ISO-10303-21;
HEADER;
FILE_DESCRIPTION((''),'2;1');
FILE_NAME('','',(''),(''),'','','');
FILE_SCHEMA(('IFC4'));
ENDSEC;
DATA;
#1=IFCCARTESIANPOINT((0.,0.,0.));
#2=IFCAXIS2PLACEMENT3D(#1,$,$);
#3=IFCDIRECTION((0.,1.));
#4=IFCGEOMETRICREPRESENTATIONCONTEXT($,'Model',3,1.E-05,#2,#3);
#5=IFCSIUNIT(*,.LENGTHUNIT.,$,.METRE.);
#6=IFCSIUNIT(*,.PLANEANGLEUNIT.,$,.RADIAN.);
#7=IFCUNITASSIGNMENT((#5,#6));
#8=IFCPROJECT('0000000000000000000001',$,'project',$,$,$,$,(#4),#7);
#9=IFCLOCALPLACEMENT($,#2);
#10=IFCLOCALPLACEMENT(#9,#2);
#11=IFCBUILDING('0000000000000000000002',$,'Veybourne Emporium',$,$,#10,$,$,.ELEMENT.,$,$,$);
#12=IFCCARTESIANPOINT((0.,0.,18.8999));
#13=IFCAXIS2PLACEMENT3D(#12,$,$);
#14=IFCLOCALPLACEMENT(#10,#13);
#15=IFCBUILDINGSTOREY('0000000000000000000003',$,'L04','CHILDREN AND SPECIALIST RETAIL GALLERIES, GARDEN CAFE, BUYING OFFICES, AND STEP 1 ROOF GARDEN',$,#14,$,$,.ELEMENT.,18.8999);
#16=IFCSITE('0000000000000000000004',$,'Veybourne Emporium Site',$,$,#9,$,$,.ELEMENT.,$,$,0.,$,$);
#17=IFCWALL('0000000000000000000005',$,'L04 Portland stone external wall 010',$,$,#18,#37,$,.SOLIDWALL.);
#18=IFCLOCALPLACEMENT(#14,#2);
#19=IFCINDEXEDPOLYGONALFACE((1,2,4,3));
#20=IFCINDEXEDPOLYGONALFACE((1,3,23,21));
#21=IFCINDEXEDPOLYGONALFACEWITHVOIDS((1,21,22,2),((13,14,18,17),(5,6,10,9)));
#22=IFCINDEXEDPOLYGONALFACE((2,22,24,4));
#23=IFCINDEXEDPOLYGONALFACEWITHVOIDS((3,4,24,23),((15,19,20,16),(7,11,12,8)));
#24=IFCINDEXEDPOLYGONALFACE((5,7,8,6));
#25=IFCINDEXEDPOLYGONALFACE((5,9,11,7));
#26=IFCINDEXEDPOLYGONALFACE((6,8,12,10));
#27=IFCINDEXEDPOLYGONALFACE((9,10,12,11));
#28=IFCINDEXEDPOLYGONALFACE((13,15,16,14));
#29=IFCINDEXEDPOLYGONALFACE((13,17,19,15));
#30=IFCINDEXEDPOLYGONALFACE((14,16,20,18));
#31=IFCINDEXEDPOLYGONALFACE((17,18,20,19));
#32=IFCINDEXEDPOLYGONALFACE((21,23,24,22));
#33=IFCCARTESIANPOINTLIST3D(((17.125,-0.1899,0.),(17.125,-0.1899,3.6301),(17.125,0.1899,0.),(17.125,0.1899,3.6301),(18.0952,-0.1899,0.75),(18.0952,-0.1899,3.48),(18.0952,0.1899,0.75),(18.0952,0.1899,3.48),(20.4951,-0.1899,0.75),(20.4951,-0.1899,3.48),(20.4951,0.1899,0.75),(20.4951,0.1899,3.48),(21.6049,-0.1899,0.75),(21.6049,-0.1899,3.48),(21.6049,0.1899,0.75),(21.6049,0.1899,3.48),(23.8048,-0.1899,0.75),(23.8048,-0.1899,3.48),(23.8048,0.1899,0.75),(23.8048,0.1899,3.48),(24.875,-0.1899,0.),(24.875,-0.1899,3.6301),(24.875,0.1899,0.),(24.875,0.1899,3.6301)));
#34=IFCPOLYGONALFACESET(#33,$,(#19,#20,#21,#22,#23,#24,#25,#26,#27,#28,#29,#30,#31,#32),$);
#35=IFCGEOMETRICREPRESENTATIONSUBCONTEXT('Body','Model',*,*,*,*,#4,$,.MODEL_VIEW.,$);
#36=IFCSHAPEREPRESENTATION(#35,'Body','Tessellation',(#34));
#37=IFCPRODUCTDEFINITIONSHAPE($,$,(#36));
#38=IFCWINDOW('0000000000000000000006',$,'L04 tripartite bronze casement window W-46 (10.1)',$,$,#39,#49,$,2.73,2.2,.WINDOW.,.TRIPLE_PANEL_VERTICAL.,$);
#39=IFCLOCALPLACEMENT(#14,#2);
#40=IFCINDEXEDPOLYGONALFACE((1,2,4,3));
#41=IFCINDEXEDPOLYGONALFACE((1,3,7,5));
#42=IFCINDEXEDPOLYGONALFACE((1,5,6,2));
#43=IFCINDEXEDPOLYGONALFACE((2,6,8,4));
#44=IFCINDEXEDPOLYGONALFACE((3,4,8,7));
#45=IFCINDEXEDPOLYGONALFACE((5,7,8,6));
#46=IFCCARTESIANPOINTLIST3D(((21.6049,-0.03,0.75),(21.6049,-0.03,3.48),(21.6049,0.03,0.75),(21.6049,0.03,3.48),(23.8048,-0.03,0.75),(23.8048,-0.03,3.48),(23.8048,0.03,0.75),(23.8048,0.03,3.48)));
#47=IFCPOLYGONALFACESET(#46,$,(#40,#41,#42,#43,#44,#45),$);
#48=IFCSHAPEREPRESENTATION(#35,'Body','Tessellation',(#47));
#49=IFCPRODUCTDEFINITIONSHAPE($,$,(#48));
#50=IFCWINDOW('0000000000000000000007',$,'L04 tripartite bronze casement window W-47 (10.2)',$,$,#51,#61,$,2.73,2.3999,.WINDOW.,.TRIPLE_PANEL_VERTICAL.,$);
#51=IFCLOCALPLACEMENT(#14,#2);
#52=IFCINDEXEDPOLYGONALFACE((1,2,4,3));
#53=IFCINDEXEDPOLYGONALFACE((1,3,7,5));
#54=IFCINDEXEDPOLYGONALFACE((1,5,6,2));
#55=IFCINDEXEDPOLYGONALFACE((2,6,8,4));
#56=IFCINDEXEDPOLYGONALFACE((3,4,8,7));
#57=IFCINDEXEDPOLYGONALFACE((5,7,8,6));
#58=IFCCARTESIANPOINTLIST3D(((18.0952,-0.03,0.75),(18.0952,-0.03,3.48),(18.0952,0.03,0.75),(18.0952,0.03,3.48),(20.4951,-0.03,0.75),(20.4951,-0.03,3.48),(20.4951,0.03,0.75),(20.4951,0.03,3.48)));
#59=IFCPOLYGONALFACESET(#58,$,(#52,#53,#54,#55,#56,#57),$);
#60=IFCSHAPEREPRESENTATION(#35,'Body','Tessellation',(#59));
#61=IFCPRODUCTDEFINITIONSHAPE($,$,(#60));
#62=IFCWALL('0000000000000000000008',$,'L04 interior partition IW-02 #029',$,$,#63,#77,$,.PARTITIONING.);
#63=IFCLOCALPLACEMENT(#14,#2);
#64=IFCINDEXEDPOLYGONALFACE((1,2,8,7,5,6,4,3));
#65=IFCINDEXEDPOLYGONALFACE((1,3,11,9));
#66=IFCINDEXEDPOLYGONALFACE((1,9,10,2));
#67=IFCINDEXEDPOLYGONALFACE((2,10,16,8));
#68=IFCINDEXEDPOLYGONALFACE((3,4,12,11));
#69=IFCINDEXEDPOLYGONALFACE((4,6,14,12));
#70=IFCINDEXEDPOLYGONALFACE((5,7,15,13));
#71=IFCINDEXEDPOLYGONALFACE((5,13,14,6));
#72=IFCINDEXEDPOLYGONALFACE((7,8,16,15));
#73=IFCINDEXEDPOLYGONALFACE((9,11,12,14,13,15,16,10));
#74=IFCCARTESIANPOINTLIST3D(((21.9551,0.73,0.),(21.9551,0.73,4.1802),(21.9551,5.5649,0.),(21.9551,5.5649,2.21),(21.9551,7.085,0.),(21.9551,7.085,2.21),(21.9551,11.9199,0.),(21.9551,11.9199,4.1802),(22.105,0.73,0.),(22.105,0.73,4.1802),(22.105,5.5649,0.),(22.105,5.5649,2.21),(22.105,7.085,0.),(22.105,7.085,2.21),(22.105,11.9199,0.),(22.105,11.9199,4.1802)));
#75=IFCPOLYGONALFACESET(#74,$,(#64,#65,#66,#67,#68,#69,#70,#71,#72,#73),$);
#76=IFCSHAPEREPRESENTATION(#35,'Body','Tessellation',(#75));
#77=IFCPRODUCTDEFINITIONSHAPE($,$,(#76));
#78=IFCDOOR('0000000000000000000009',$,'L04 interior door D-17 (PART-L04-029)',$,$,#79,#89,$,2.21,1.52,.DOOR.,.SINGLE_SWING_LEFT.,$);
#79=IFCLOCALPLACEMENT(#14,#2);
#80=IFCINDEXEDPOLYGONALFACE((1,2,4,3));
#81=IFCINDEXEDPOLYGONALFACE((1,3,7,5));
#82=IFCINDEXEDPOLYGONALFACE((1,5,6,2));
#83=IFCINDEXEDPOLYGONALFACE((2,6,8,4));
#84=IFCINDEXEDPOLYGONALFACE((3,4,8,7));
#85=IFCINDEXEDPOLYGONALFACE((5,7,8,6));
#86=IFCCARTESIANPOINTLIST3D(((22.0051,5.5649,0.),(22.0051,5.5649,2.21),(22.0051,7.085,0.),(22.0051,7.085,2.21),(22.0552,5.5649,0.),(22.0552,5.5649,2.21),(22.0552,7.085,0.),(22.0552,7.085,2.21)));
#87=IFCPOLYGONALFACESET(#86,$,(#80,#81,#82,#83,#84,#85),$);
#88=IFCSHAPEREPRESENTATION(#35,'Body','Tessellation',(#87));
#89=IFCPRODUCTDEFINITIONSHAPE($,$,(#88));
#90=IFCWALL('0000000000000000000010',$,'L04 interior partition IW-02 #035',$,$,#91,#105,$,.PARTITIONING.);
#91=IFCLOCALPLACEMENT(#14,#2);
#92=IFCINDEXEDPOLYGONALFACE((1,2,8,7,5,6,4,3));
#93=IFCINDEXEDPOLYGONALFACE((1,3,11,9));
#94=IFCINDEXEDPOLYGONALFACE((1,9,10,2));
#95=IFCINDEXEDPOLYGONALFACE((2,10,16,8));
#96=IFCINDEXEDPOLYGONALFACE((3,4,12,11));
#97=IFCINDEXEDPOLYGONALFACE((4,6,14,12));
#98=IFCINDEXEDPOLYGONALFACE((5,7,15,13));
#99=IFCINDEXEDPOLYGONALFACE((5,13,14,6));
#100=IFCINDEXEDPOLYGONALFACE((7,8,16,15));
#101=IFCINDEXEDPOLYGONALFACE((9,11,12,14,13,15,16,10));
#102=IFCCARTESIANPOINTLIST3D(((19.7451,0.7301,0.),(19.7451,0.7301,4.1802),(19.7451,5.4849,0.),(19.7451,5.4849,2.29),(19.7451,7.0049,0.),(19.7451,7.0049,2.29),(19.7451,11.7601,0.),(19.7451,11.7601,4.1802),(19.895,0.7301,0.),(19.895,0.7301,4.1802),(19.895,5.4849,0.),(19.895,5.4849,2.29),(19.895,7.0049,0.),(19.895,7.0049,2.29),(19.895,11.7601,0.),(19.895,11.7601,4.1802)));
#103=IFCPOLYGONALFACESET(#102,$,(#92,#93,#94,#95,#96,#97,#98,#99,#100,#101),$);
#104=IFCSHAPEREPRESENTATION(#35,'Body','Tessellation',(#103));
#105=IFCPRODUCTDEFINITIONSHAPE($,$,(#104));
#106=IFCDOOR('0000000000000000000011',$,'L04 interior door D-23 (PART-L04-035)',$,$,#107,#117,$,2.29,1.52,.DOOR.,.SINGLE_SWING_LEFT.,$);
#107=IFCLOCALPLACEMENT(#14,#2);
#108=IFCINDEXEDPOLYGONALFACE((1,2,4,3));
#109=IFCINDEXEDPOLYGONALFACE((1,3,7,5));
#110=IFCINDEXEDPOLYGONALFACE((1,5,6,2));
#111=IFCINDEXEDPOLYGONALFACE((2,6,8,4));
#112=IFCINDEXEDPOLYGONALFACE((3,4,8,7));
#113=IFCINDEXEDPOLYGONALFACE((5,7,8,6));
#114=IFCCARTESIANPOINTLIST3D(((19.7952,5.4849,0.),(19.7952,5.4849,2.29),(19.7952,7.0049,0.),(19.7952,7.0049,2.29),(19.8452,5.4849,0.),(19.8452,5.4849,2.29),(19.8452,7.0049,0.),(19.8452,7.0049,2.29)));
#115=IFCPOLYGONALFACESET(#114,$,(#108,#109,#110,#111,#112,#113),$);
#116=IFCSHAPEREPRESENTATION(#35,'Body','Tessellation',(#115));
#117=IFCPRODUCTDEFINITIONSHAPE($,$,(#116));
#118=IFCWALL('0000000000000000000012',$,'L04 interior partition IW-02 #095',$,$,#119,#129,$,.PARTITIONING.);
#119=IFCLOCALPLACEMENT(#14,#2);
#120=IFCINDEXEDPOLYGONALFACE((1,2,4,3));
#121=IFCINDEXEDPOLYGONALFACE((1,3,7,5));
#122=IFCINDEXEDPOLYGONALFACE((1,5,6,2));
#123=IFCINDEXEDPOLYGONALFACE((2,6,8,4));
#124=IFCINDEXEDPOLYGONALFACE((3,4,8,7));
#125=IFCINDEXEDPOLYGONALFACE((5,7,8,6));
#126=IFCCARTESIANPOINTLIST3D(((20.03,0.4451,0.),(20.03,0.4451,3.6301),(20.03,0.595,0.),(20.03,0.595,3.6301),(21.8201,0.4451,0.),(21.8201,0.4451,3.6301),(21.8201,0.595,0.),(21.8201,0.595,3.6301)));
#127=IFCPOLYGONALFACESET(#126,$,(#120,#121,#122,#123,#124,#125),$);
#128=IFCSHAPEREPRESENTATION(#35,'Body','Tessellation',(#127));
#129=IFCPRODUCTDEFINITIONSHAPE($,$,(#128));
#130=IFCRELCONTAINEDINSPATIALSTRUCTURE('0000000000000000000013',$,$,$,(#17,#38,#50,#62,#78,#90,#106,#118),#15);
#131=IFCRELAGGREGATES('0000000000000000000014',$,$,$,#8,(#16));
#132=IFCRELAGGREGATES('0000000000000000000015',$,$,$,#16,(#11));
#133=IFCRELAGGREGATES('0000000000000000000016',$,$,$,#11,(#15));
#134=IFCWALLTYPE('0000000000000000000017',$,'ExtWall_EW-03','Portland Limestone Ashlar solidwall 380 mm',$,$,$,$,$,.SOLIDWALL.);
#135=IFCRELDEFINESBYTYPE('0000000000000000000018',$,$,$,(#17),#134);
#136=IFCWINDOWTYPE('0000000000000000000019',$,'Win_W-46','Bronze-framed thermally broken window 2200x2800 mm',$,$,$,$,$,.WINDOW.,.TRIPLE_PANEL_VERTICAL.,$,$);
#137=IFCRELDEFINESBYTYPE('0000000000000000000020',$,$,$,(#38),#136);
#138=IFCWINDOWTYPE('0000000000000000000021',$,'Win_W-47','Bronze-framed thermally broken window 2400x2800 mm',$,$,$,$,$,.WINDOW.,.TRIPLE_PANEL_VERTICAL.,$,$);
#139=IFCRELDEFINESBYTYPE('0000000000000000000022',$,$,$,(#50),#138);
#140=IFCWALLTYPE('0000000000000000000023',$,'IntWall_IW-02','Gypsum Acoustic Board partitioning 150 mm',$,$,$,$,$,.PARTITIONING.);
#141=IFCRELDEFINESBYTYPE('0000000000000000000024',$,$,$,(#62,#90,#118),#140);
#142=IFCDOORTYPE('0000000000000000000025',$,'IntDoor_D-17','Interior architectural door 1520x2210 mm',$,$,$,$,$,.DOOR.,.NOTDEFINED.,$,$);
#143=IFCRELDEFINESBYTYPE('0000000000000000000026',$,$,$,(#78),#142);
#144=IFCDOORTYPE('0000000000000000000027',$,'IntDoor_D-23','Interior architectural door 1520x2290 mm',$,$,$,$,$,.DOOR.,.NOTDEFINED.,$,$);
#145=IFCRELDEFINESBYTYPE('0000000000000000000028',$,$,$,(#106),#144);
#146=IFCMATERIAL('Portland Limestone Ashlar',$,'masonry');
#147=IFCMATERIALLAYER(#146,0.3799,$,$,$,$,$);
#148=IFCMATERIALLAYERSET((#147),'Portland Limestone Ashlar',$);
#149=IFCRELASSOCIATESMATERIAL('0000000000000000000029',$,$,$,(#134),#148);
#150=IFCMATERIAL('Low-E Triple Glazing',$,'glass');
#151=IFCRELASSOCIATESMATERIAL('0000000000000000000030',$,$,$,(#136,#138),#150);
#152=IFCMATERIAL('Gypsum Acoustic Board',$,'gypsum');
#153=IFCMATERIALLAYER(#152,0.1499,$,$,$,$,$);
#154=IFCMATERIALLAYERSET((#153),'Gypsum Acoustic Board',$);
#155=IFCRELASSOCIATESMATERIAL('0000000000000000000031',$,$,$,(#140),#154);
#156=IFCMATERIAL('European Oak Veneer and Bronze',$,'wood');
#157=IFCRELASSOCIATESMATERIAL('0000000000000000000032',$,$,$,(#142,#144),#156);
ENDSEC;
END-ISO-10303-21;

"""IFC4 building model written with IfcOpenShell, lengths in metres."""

from ifc_helpers import new_model, si_unit, direction, frame, frame_2d, origin, place, context, subcontext, project, spatial, rectangle, extrude, material, layer, layer_set, type_object, element, fill, save


model = new_model("IFC4")

# Units and contexts
model_context = context("Model", 3, precision=1e-05, world=origin(), true_north=direction((0.0, 1.0)))
body_context = subcontext(model_context, "Body", "Model", "MODEL_VIEW")
ifc_project = project(units=[si_unit("LENGTHUNIT", "METRE"), si_unit("PLANEANGLEUNIT", "RADIAN")], contexts=[model_context])

# Site, building, storey
site_placement = place(None, origin())
site = spatial("IfcSite", under=ifc_project, at=site_placement, Name="Veybourne Emporium Site", CompositionType="ELEMENT", RefElevation=0.0)
building_placement = place(site_placement, origin())
building = spatial("IfcBuilding", under=site, at=building_placement, Name="Veybourne Emporium", CompositionType="ELEMENT")
storey_placement = place(building_placement, frame((0.0, 0.0, 18.8999)))
storey = spatial("IfcBuildingStorey", under=building, at=storey_placement, Name="L04", Description="CHILDREN AND SPECIALIST RETAIL GALLERIES, GARDEN CAFE, BUYING OFFICES, AND STEP 1 ROOF GARDEN", CompositionType="ELEMENT", Elevation=18.8999)

# Shared definitions
ifc_material_1 = material(Name="Low-E Triple Glazing", Category="glass")

# Wall, openings, windows
ifc_material_2 = material(Name="Portland Limestone Ashlar", Category="masonry")
ifc_layer_1 = layer(ifc_material_2, 0.3799)
ifc_layer_set_1 = layer_set([ifc_layer_1], Name="Portland Limestone Ashlar")
wall_type_1 = type_object("IfcWallType", Name="ExtWall_EW-03", Description="Portland Limestone Ashlar solidwall 380 mm", PredefinedType="SOLIDWALL", material=ifc_layer_set_1)
wall_1_placement = place(storey_placement, frame((24.875, 0.0, 0.0), z_axis=(0.0, 0.0, 1.0), x_axis=(-1.0, 0.0, 0.0)))
wall_1 = element("IfcWall", 1, at=wall_1_placement, inside=storey, type_object=wall_type_1, Name="L04 Portland stone external wall 010", PredefinedType="SOLIDWALL", context=body_context, shape_type="SweptSolid", body=[
    extrude(rectangle(XDim=7.75, YDim=0.3799, at=frame_2d((3.875, 0.0))), origin(), (0.0, 0.0, 1.0), 3.6301),
])
opening_1_placement = place(wall_1_placement, frame((1.0701, 0.0, 0.75)))
opening_1 = element("IfcOpeningElement", 2, at=opening_1_placement, cuts=wall_1, PredefinedType="OPENING", context=body_context, shape_type="SweptSolid", body=[
    extrude(rectangle(XDim=2.2, YDim=2.73, at=frame_2d((1.1001, 1.365))), frame((0.0, 0.21, 0.0), z_axis=(0.0, -1.0, 0.0), x_axis=(1.0, 0.0, 0.0)), (0.0, 0.0, 1.0), 0.4199),
])
opening_2_placement = place(wall_1_placement, frame((4.3799, 0.0, 0.75)))
opening_2 = element("IfcOpeningElement", 3, at=opening_2_placement, cuts=wall_1, PredefinedType="OPENING", context=body_context, shape_type="SweptSolid", body=[
    extrude(rectangle(XDim=2.3999, YDim=2.73, at=frame_2d((1.2, 1.365))), frame((0.0, 0.21, 0.0), z_axis=(0.0, -1.0, 0.0), x_axis=(1.0, 0.0, 0.0)), (0.0, 0.0, 1.0), 0.4199),
])
window_type_1 = type_object("IfcWindowType", Name="Win_W-46", Description="Bronze-framed thermally broken window 2200x2800 mm", PartitioningType="TRIPLE_PANEL_VERTICAL", PredefinedType="WINDOW", material=ifc_material_1)
window_1_placement = place(opening_1_placement, origin())
window_1 = element("IfcWindow", 4, at=window_1_placement, inside=storey, type_object=window_type_1, Name="L04 tripartite bronze casement window W-46 (10.1)", OverallHeight=2.73, OverallWidth=2.2, PartitioningType="TRIPLE_PANEL_VERTICAL", PredefinedType="WINDOW", context=body_context, shape_type="SweptSolid", body=[
    extrude(rectangle(XDim=2.2, YDim=2.73, at=frame_2d((1.1001, 1.365))), frame((0.0, 0.03, 0.0), z_axis=(0.0, -1.0, 0.0), x_axis=(1.0, 0.0, 0.0)), (0.0, 0.0, 1.0), 0.0601),
])
fill(opening_1, window_1)
window_type_2 = type_object("IfcWindowType", Name="Win_W-47", Description="Bronze-framed thermally broken window 2400x2800 mm", PartitioningType="TRIPLE_PANEL_VERTICAL", PredefinedType="WINDOW", material=ifc_material_1)
window_2_placement = place(opening_2_placement, origin())
window_2 = element("IfcWindow", 5, at=window_2_placement, inside=storey, type_object=window_type_2, Name="L04 tripartite bronze casement window W-47 (10.2)", OverallHeight=2.73, OverallWidth=2.3999, PartitioningType="TRIPLE_PANEL_VERTICAL", PredefinedType="WINDOW", context=body_context, shape_type="SweptSolid", body=[
    extrude(rectangle(XDim=2.3999, YDim=2.73, at=frame_2d((1.2, 1.365))), frame((0.0, 0.03, 0.0), z_axis=(0.0, -1.0, 0.0), x_axis=(1.0, 0.0, 0.0)), (0.0, 0.0, 1.0), 0.0601),
])
fill(opening_2, window_2)

# Walls, openings, doors
ifc_material_3 = material(Name="Gypsum Acoustic Board", Category="gypsum")
ifc_layer_2 = layer(ifc_material_3, 0.1499)
ifc_layer_set_2 = layer_set([ifc_layer_2], Name="Gypsum Acoustic Board")
wall_type_2 = type_object("IfcWallType", Name="IntWall_IW-02", Description="Gypsum Acoustic Board partitioning 150 mm", PredefinedType="PARTITIONING", material=ifc_layer_set_2)
wall_2_placement = place(storey_placement, frame((22.03, 0.73, 0.0), z_axis=(0.0, 0.0, 1.0), x_axis=(0.0, 1.0, 0.0)))
wall_2 = element("IfcWall", 6, at=wall_2_placement, inside=storey, type_object=wall_type_2, Name="L04 interior partition IW-02 #029", PredefinedType="PARTITIONING", context=body_context, shape_type="SweptSolid", body=[
    extrude(rectangle(XDim=11.1899, YDim=0.1499, at=frame_2d((5.595, 0.0))), origin(), (0.0, 0.0, 1.0), 4.1802),
])
opening_3_placement = place(wall_2_placement, frame((4.835, 0.0, 0.0)))
opening_3 = element("IfcOpeningElement", 7, at=opening_3_placement, cuts=wall_2, PredefinedType="OPENING", context=body_context, shape_type="SweptSolid", body=[
    extrude(rectangle(XDim=1.52, YDim=2.21, at=frame_2d((0.76, 1.105))), frame((0.0, 0.095, 0.0), z_axis=(0.0, -1.0, 0.0), x_axis=(1.0, 0.0, 0.0)), (0.0, 0.0, 1.0), 0.1899),
])
ifc_material_4 = material(Name="European Oak Veneer and Bronze", Category="wood")
door_type_1 = type_object("IfcDoorType", Name="IntDoor_D-17", Description="Interior architectural door 1520x2210 mm", OperationType="NOTDEFINED", PredefinedType="DOOR", material=ifc_material_4)
door_1_placement = place(opening_3_placement, origin())
door_1 = element("IfcDoor", 8, at=door_1_placement, inside=storey, type_object=door_type_1, Name="L04 interior door D-17 (PART-L04-029)", OperationType="SINGLE_SWING_LEFT", OverallHeight=2.21, OverallWidth=1.52, PredefinedType="DOOR", context=body_context, shape_type="SweptSolid", body=[
    extrude(rectangle(XDim=1.52, YDim=2.21, at=frame_2d((0.76, 1.105))), frame((0.0, 0.0249, 0.0), z_axis=(0.0, -1.0, 0.0), x_axis=(1.0, 0.0, 0.0)), (0.0, 0.0, 1.0), 0.05),
])
fill(opening_3, door_1)
wall_3_placement = place(storey_placement, frame((19.8201, 0.73, 0.0), z_axis=(0.0, 0.0, 1.0), x_axis=(0.0, 1.0, 0.0)))
wall_3 = element("IfcWall", 9, at=wall_3_placement, inside=storey, type_object=wall_type_2, Name="L04 interior partition IW-02 #035", PredefinedType="PARTITIONING", context=body_context, shape_type="SweptSolid", body=[
    extrude(rectangle(XDim=11.03, YDim=0.1499, at=frame_2d((5.5151, 0.0))), origin(), (0.0, 0.0, 1.0), 4.1802),
])
opening_4_placement = place(wall_3_placement, frame((4.7549, 0.0, 0.0)))
opening_4 = element("IfcOpeningElement", 10, at=opening_4_placement, cuts=wall_3, PredefinedType="OPENING", context=body_context, shape_type="SweptSolid", body=[
    extrude(rectangle(XDim=1.52, YDim=2.29, at=frame_2d((0.76, 1.145))), frame((0.0, 0.095, 0.0), z_axis=(0.0, -1.0, 0.0), x_axis=(1.0, 0.0, 0.0)), (0.0, 0.0, 1.0), 0.1899),
])
door_type_2 = type_object("IfcDoorType", Name="IntDoor_D-23", Description="Interior architectural door 1520x2290 mm", OperationType="NOTDEFINED", PredefinedType="DOOR", material=ifc_material_4)
door_2_placement = place(opening_4_placement, origin())
door_2 = element("IfcDoor", 11, at=door_2_placement, inside=storey, type_object=door_type_2, Name="L04 interior door D-23 (PART-L04-035)", OperationType="SINGLE_SWING_LEFT", OverallHeight=2.29, OverallWidth=1.52, PredefinedType="DOOR", context=body_context, shape_type="SweptSolid", body=[
    extrude(rectangle(XDim=1.52, YDim=2.29, at=frame_2d((0.76, 1.145))), frame((0.0, 0.0249, 0.0), z_axis=(0.0, -1.0, 0.0), x_axis=(1.0, 0.0, 0.0)), (0.0, 0.0, 1.0), 0.05),
])
fill(opening_4, door_2)

# Wall
wall_4_placement = place(storey_placement, frame((20.03, 0.52, 0.0), z_axis=(0.0, 0.0, 1.0), x_axis=(1.0, 0.0, 0.0)))
element("IfcWall", 12, at=wall_4_placement, inside=storey, type_object=wall_type_2, Name="L04 interior partition IW-02 #095", PredefinedType="PARTITIONING", context=body_context, shape_type="SweptSolid", body=[
    extrude(rectangle(XDim=1.79, YDim=0.1499, at=frame_2d((0.895, 0.0))), origin(), (0.0, 0.0, 1.0), 3.6301),
])

save(model, "model.ifc")
